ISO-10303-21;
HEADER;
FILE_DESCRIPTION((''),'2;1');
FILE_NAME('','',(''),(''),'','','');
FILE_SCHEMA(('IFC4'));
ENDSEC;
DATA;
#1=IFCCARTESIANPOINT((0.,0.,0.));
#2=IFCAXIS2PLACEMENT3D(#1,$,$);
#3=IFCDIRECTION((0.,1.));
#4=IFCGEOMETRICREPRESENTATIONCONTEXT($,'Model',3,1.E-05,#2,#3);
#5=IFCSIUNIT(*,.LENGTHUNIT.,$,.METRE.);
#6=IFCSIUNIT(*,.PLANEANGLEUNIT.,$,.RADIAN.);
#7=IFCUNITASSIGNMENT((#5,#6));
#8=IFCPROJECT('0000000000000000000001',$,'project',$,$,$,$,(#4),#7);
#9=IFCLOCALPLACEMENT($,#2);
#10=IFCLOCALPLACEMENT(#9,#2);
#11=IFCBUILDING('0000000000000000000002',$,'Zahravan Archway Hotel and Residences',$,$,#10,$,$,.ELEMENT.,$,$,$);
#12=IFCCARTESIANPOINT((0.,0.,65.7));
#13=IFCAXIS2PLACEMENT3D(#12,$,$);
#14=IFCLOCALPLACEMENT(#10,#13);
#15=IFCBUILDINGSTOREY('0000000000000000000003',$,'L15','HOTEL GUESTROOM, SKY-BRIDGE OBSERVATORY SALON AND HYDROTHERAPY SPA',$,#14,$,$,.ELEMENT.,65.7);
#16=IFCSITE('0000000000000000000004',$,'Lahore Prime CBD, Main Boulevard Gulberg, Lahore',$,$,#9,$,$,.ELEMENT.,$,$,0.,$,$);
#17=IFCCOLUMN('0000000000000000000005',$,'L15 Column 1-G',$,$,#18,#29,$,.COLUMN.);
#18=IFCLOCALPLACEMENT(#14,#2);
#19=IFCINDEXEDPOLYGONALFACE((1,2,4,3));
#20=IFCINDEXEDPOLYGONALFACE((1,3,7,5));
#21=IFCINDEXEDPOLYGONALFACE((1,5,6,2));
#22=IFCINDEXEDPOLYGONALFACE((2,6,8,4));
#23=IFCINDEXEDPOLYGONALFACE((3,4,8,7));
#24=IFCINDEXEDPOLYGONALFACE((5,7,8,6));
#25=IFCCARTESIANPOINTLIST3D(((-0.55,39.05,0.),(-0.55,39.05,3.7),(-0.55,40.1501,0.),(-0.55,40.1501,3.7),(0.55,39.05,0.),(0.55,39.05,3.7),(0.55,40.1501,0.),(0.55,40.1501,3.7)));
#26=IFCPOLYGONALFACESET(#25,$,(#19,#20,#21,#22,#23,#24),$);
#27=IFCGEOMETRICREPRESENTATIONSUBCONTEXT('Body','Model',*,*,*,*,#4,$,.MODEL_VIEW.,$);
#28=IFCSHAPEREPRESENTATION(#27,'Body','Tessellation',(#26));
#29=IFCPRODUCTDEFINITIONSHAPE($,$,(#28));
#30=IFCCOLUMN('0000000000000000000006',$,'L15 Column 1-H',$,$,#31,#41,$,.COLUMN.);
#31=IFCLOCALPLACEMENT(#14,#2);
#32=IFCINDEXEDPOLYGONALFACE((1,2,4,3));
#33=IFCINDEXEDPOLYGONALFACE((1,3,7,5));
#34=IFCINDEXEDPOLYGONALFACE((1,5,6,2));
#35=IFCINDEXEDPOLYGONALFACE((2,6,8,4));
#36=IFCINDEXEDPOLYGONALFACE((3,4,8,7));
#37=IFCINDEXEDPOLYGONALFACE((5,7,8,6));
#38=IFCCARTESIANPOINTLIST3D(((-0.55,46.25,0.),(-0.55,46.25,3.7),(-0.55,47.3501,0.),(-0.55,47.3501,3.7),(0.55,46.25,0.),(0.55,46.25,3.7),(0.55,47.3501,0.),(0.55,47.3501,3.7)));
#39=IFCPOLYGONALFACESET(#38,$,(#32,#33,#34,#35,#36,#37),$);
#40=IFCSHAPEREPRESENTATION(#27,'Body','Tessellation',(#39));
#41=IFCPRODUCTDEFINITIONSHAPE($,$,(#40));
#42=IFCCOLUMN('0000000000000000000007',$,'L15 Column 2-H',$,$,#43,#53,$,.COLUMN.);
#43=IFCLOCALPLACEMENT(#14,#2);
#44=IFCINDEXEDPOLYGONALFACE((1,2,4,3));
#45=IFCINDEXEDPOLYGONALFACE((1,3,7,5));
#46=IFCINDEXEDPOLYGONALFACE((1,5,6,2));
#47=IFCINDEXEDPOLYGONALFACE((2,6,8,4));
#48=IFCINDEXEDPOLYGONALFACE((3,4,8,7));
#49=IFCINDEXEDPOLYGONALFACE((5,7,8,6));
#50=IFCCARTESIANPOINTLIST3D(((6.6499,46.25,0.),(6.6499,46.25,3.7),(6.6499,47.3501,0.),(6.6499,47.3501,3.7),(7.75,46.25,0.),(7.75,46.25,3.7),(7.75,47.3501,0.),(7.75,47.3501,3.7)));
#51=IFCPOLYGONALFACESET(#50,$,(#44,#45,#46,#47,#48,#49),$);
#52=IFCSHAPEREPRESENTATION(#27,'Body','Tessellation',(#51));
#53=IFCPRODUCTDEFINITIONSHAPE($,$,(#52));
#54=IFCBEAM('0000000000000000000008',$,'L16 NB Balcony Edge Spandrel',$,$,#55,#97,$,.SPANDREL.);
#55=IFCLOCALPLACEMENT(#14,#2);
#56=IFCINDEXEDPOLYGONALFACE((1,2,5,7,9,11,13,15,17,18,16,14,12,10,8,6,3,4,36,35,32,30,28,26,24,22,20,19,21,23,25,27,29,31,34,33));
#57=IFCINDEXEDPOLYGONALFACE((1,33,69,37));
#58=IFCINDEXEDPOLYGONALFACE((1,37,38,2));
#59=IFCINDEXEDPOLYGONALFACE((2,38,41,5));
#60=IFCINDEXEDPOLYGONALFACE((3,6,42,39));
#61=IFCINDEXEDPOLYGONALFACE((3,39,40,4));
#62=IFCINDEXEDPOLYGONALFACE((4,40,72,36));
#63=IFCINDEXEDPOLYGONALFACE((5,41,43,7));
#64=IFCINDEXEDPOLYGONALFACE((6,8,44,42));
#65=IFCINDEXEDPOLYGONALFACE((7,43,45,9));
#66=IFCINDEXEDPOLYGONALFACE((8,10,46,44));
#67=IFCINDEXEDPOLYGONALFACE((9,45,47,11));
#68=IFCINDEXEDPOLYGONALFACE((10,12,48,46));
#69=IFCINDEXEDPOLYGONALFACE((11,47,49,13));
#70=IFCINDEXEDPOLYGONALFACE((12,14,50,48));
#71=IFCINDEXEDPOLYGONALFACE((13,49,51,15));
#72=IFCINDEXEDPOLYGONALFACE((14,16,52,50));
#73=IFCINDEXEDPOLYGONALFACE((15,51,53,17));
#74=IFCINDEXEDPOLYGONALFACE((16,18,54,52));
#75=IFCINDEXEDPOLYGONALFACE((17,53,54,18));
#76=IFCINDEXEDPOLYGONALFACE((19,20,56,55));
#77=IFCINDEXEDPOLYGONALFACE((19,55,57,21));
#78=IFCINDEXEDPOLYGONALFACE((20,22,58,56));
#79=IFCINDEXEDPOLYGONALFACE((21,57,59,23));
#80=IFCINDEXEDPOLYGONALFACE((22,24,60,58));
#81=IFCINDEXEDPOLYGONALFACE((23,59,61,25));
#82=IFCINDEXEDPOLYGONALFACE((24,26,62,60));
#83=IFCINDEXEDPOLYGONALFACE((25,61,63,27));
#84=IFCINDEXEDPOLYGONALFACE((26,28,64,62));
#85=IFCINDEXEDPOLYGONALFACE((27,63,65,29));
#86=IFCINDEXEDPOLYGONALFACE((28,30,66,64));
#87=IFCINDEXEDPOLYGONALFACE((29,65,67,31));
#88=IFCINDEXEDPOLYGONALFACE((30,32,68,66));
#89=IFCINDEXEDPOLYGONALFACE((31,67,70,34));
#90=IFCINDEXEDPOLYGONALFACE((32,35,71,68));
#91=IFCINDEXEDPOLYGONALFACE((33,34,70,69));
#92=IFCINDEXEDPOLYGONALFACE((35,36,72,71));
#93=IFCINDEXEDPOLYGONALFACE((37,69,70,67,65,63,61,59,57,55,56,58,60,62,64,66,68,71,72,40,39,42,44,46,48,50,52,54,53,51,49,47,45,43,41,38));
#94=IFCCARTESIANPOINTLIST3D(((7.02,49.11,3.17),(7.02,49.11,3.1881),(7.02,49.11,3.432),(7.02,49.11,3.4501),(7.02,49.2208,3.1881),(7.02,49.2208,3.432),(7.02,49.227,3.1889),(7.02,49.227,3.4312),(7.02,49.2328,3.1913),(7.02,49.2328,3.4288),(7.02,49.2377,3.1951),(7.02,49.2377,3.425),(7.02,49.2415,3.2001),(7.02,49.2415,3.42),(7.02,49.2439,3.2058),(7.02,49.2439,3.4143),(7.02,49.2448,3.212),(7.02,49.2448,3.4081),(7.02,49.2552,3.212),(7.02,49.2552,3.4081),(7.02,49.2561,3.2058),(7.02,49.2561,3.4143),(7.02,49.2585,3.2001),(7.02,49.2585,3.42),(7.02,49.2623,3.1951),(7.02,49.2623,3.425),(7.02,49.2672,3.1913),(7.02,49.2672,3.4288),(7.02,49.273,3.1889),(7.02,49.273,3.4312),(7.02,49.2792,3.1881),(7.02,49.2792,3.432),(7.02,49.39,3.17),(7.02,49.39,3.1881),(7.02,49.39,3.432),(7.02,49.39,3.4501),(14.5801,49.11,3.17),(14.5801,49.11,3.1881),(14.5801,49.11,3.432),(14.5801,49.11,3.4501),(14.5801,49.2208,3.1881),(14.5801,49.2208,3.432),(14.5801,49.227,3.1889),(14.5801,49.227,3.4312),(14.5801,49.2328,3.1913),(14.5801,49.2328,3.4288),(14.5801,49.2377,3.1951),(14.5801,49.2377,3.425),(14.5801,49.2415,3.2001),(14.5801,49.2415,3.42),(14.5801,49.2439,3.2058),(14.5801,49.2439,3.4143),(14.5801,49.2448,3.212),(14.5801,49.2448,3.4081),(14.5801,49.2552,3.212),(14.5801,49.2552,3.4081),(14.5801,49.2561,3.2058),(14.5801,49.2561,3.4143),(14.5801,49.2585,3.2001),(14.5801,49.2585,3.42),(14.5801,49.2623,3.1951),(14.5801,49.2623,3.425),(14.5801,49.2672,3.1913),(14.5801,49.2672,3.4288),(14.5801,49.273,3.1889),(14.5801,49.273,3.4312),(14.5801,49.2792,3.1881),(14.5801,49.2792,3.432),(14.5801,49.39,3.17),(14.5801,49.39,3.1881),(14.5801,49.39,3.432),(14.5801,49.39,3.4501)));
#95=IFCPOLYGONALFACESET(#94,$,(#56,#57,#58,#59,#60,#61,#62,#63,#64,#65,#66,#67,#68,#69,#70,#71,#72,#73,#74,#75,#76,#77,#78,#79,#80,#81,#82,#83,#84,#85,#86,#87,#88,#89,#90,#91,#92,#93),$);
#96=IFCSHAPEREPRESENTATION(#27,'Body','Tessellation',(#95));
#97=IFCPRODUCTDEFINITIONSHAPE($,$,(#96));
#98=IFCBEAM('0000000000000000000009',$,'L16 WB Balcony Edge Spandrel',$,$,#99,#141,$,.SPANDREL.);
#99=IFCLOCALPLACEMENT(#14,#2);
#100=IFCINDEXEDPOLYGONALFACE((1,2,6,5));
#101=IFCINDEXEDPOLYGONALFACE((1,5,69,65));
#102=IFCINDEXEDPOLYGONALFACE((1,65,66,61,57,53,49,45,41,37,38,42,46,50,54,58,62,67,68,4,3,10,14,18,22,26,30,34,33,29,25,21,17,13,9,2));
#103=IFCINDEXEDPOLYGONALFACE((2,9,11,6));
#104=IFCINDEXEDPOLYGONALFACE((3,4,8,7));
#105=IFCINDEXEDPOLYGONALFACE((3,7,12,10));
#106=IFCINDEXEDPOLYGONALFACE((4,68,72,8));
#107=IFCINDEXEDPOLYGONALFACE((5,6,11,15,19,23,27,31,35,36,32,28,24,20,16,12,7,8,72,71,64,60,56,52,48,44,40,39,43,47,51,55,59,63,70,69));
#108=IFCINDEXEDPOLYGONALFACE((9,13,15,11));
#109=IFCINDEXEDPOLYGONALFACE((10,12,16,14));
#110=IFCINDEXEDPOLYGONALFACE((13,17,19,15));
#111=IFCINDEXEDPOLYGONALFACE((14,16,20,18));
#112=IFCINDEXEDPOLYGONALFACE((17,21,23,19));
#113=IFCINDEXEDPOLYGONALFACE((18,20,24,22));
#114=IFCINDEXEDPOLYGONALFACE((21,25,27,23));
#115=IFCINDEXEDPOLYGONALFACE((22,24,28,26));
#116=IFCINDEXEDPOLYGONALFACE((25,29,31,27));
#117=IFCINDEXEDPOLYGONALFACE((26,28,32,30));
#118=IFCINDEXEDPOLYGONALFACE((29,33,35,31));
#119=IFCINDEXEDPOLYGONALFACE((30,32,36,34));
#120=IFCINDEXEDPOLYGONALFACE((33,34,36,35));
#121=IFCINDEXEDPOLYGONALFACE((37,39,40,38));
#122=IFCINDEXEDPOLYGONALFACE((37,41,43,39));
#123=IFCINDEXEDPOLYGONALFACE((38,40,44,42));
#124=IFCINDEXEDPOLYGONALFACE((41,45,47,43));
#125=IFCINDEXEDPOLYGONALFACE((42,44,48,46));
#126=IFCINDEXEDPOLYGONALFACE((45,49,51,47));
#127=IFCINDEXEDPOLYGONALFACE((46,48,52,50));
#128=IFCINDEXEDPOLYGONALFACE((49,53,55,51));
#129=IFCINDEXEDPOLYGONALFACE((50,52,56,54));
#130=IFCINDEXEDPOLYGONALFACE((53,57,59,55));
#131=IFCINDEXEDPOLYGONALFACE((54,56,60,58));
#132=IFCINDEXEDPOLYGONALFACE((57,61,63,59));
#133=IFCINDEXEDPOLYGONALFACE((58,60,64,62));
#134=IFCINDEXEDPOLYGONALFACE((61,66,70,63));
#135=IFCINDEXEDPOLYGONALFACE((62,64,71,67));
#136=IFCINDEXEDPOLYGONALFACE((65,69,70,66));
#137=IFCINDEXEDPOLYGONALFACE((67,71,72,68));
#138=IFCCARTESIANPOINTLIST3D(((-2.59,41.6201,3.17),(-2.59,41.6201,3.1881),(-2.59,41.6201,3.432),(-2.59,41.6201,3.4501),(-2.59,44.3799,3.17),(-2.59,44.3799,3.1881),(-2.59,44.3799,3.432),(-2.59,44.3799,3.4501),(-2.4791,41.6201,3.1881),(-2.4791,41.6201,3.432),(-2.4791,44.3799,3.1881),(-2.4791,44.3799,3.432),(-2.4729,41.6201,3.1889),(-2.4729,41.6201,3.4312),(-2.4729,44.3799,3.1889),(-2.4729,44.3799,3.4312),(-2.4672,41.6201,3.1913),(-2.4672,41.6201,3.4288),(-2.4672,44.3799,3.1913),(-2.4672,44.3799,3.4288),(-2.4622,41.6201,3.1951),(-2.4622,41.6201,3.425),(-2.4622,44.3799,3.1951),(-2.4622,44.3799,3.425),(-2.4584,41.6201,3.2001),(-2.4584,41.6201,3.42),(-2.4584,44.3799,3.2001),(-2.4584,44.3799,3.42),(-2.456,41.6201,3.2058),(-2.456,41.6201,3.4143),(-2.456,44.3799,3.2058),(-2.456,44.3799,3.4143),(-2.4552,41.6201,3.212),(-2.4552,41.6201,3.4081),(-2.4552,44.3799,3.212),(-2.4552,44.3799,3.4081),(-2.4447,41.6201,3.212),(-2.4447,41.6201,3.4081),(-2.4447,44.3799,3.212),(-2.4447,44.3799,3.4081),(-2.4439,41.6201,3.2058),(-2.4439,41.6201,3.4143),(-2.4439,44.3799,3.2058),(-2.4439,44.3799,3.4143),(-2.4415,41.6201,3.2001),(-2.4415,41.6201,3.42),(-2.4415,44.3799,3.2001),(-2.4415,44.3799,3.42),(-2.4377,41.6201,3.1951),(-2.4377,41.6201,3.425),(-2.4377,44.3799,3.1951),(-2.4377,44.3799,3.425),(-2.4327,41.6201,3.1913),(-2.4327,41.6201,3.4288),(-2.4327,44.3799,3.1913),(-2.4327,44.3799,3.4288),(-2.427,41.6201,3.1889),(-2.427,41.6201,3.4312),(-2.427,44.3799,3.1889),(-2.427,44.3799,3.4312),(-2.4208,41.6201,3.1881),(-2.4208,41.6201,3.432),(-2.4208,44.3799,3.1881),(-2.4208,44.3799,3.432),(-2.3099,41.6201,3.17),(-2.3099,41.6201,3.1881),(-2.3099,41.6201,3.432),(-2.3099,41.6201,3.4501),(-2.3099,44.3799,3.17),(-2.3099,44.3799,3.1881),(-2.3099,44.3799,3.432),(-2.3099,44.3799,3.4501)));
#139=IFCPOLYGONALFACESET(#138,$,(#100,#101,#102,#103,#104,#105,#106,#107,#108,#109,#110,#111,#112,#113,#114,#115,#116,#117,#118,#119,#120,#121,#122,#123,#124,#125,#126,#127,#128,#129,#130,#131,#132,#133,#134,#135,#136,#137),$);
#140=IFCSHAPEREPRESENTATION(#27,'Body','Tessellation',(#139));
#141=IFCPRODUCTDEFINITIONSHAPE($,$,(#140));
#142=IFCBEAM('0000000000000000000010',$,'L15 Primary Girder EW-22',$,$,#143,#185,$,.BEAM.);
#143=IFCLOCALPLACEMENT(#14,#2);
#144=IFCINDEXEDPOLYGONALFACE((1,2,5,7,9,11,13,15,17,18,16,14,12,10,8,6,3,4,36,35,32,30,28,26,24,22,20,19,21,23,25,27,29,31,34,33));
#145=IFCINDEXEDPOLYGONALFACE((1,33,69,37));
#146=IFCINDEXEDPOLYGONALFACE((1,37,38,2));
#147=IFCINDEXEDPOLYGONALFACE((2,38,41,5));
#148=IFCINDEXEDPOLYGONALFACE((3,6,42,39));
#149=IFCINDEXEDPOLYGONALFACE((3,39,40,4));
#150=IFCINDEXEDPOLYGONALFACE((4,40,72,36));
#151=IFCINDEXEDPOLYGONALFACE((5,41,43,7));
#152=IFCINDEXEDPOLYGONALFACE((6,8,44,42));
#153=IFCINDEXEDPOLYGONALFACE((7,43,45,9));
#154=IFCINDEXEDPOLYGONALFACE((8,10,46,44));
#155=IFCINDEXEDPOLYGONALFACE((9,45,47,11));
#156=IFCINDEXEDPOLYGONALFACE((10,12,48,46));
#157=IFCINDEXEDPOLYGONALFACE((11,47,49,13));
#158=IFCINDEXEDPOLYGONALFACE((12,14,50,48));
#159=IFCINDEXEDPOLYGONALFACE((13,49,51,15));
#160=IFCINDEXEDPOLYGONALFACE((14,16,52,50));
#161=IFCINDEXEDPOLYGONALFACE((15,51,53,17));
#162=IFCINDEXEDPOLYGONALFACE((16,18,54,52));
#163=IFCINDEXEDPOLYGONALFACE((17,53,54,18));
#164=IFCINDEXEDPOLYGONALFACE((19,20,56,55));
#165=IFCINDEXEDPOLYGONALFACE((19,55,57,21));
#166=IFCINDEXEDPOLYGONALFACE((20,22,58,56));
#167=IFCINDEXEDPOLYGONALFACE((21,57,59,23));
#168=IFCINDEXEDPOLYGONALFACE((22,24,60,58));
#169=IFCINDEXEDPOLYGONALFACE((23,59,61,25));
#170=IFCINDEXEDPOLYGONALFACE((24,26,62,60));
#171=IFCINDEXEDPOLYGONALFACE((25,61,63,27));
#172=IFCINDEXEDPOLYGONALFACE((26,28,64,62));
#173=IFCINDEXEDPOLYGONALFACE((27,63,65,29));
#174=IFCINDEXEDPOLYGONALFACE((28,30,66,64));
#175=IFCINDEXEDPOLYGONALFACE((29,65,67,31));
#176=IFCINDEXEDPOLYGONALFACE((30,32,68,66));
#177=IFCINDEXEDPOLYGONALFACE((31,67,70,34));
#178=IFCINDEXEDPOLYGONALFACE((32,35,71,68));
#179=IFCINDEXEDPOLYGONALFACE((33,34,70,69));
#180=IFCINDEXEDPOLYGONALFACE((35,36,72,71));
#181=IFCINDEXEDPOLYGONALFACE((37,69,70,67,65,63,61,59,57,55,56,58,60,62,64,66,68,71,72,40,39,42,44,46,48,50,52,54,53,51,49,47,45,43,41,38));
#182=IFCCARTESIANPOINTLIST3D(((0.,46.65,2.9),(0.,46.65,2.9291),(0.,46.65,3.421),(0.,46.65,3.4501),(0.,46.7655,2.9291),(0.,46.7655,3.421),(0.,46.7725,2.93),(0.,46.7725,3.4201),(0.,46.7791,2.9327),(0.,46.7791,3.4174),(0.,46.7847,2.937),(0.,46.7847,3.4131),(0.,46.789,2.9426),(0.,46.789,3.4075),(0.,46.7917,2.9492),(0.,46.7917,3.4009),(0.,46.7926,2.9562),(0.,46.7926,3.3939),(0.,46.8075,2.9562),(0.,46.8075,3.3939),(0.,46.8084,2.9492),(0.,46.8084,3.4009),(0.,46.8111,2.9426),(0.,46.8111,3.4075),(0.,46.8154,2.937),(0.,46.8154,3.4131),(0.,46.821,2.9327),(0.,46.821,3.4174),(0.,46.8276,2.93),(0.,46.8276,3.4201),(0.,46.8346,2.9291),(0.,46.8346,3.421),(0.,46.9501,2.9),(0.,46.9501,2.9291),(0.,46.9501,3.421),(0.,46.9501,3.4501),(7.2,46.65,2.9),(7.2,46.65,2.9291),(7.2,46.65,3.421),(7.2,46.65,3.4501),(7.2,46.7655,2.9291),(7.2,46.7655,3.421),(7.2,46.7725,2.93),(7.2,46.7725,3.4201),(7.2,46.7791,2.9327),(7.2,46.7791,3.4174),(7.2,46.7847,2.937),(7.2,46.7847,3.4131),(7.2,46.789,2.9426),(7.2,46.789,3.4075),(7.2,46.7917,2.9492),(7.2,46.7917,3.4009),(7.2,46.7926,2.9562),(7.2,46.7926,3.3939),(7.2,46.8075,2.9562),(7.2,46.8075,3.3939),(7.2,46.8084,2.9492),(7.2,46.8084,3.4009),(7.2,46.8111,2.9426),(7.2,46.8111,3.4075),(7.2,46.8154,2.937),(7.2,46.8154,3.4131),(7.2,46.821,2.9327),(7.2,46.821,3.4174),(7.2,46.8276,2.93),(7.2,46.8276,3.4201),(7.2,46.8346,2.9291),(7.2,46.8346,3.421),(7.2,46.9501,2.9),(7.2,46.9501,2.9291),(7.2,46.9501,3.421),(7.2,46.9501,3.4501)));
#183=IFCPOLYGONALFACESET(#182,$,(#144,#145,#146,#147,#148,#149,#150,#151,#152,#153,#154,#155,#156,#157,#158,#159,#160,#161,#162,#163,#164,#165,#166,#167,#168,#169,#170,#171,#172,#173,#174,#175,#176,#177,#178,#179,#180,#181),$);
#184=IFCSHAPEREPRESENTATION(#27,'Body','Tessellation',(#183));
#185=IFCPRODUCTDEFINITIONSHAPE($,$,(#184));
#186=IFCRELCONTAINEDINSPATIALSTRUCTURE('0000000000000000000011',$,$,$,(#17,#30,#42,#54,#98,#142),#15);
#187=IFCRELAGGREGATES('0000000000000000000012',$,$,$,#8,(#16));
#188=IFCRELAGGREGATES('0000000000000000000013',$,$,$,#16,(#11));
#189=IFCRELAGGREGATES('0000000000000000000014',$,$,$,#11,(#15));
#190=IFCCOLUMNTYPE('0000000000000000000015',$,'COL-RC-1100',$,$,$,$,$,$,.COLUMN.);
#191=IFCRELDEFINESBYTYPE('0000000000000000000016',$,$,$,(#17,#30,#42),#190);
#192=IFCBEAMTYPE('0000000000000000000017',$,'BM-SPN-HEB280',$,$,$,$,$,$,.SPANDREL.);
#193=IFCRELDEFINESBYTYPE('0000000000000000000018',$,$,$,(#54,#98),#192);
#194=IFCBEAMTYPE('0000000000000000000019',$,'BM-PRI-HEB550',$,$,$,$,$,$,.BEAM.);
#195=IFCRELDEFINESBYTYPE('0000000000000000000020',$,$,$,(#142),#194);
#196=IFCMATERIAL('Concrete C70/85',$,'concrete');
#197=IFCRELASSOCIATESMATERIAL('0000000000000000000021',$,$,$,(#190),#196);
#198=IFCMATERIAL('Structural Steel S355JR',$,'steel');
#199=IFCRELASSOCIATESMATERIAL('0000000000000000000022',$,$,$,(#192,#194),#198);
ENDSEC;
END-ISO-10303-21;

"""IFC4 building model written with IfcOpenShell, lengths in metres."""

from ifc_helpers import new_model, si_unit, direction, frame, origin, origin_2d, place, context, subcontext, project, spatial, rectangle, i_section, extrude, source, transform, mapped, material, material_profile, profile_set, type_object, type_shapes, element, save


model = new_model("IFC4")

# Units and contexts
model_context = context("Model", 3, precision=1e-05, world=origin(), true_north=direction((0.0, 1.0)))
body_context = subcontext(model_context, "Body", "Model", "MODEL_VIEW")
ifc_project = project(units=[si_unit("LENGTHUNIT", "METRE"), si_unit("PLANEANGLEUNIT", "RADIAN")], contexts=[model_context])

# Site, building, storey
site_placement = place(None, origin())
site = spatial("IfcSite", under=ifc_project, at=site_placement, Name="Lahore Prime CBD, Main Boulevard Gulberg, Lahore", CompositionType="ELEMENT", RefElevation=0.0)
building_placement = place(site_placement, origin())
building = spatial("IfcBuilding", under=site, at=building_placement, Name="Zahravan Archway Hotel and Residences", CompositionType="ELEMENT")
storey_placement = place(building_placement, frame((0.0, 0.0, 65.7)))
storey = spatial("IfcBuildingStorey", under=building, at=storey_placement, Name="L15", Description="HOTEL GUESTROOM, SKY-BRIDGE OBSERVATORY SALON AND HYDROTHERAPY SPA", CompositionType="ELEMENT", Elevation=65.7)

# Columns
ifc_material_1 = material(Name="Concrete C70/85", Category="concrete")
ifc_material_profile_1 = material_profile(ifc_material_1, rectangle(XDim=1.1001, YDim=1.1001, at=origin_2d()), Name="RC 1100x1100", Category="concrete")
ifc_profile_set_1 = profile_set([ifc_material_profile_1], Name="Concrete C70/85")
column_type = type_object("IfcColumnType", Name="COL-RC-1100", PredefinedType="COLUMN", material=ifc_profile_set_1)
shared_shape_1 = source(origin(), body_context, "Body", "SweptSolid", [
    extrude(rectangle(XDim=1.1001, YDim=1.1001, at=origin_2d()), origin(), (0.0, 0.0, 1.0), 3.7),
])
for number, where, z_axis, x_axis, name in (
    (1, (0.0, 39.6001, 0.0), (0.0, 0.0, 1.0), (1.0, 0.0, 0.0), "L15 Column 1-G"),
    (2, (0.0, 46.8, 0.0), (0.0, 0.0, 1.0), (1.0, 0.0, 0.0), "L15 Column 1-H"),
    (3, (7.2, 46.8, 0.0), (0.0, 0.0, 1.0), (1.0, 0.0, 0.0), "L15 Column 2-H"),
):
    element("IfcColumn", number, at=place(storey_placement, frame(where, z_axis=z_axis, x_axis=x_axis)), inside=storey, type_object=column_type, Name=name, PredefinedType="COLUMN", context=body_context, shape_type="MappedRepresentation", body=[
        mapped(shared_shape_1, transform((0.0, 0.0, 0.0), scale=1.0)),
    ])

# Beams
ifc_material_2 = material(Name="Structural Steel S355JR", Category="steel")
ifc_material_profile_2 = material_profile(ifc_material_2, i_section(OverallWidth=0.28, OverallDepth=0.28, WebThickness=0.0105, FlangeThickness=0.0181, FilletRadius=0.0239, at=origin_2d()), Name="HEB 280", Category="steel")
ifc_profile_set_2 = profile_set([ifc_material_profile_2], Name="Structural Steel S355JR")
beam_type_1 = type_object("IfcBeamType", Name="BM-SPN-HEB280", PredefinedType="SPANDREL", material=ifc_profile_set_2)
shared_shape_2 = source(origin(), body_context, "Body", "SweptSolid", [
    extrude(i_section(OverallWidth=0.28, OverallDepth=0.28, WebThickness=0.0105, FlangeThickness=0.0181, FilletRadius=0.0239, at=origin_2d()), origin(), (0.0, 0.0, 1.0), 7.5601),
])
type_shapes(beam_type_1, [shared_shape_2])
beam_1_placement = place(storey_placement, frame((7.02, 49.25, 3.3101), z_axis=(1.0, 0.0, 0.0), x_axis=(0.0, 1.0, 0.0)))
element("IfcBeam", 4, at=beam_1_placement, inside=storey, type_object=beam_type_1, Name="L16 NB Balcony Edge Spandrel", PredefinedType="SPANDREL", context=body_context, shape_type="MappedRepresentation", body=[
    mapped(shared_shape_2, transform((0.0, 0.0, 0.0), scale=1.0)),
])
shared_shape_3 = source(origin(), body_context, "Body", "SweptSolid", [
    extrude(i_section(OverallWidth=0.28, OverallDepth=0.28, WebThickness=0.0105, FlangeThickness=0.0181, FilletRadius=0.0239, at=origin_2d()), origin(), (0.0, 0.0, 1.0), 2.7598),
])
beam_2_placement = place(storey_placement, frame((-2.45, 41.6201, 3.3101), z_axis=(0.0, 1.0, 0.0), x_axis=(-1.0, 0.0, 0.0)))
element("IfcBeam", 5, at=beam_2_placement, inside=storey, type_object=beam_type_1, Name="L16 WB Balcony Edge Spandrel", PredefinedType="SPANDREL", context=body_context, shape_type="MappedRepresentation", body=[
    mapped(shared_shape_3, transform((0.0, 0.0, 0.0), scale=1.0)),
])
ifc_material_profile_3 = material_profile(ifc_material_2, i_section(OverallWidth=0.3, OverallDepth=0.55, WebThickness=0.0149, FlangeThickness=0.0291, FilletRadius=0.0271, at=origin_2d()), Name="HEB 550", Category="steel")
ifc_profile_set_3 = profile_set([ifc_material_profile_3], Name="Structural Steel S355JR")
beam_type_2 = type_object("IfcBeamType", Name="BM-PRI-HEB550", PredefinedType="BEAM", material=ifc_profile_set_3)
shared_shape_4 = source(origin(), body_context, "Body", "SweptSolid", [
    extrude(i_section(OverallWidth=0.3, OverallDepth=0.55, WebThickness=0.0149, FlangeThickness=0.0291, FilletRadius=0.0271, at=origin_2d()), origin(), (0.0, 0.0, 1.0), 7.2),
])
for number, where, z_axis, x_axis, name in (
    (6, (0.0, 46.8, 3.175), (1.0, 0.0, 0.0), (0.0, 1.0, 0.0), "L15 Primary Girder EW-22"),
):
    element("IfcBeam", number, at=place(storey_placement, frame(where, z_axis=z_axis, x_axis=x_axis)), inside=storey, type_object=beam_type_2, Name=name, PredefinedType="BEAM", context=body_context, shape_type="MappedRepresentation", body=[
        mapped(shared_shape_4, transform((0.0, 0.0, 0.0), scale=1.0)),
    ])

save(model, "model.ifc")
